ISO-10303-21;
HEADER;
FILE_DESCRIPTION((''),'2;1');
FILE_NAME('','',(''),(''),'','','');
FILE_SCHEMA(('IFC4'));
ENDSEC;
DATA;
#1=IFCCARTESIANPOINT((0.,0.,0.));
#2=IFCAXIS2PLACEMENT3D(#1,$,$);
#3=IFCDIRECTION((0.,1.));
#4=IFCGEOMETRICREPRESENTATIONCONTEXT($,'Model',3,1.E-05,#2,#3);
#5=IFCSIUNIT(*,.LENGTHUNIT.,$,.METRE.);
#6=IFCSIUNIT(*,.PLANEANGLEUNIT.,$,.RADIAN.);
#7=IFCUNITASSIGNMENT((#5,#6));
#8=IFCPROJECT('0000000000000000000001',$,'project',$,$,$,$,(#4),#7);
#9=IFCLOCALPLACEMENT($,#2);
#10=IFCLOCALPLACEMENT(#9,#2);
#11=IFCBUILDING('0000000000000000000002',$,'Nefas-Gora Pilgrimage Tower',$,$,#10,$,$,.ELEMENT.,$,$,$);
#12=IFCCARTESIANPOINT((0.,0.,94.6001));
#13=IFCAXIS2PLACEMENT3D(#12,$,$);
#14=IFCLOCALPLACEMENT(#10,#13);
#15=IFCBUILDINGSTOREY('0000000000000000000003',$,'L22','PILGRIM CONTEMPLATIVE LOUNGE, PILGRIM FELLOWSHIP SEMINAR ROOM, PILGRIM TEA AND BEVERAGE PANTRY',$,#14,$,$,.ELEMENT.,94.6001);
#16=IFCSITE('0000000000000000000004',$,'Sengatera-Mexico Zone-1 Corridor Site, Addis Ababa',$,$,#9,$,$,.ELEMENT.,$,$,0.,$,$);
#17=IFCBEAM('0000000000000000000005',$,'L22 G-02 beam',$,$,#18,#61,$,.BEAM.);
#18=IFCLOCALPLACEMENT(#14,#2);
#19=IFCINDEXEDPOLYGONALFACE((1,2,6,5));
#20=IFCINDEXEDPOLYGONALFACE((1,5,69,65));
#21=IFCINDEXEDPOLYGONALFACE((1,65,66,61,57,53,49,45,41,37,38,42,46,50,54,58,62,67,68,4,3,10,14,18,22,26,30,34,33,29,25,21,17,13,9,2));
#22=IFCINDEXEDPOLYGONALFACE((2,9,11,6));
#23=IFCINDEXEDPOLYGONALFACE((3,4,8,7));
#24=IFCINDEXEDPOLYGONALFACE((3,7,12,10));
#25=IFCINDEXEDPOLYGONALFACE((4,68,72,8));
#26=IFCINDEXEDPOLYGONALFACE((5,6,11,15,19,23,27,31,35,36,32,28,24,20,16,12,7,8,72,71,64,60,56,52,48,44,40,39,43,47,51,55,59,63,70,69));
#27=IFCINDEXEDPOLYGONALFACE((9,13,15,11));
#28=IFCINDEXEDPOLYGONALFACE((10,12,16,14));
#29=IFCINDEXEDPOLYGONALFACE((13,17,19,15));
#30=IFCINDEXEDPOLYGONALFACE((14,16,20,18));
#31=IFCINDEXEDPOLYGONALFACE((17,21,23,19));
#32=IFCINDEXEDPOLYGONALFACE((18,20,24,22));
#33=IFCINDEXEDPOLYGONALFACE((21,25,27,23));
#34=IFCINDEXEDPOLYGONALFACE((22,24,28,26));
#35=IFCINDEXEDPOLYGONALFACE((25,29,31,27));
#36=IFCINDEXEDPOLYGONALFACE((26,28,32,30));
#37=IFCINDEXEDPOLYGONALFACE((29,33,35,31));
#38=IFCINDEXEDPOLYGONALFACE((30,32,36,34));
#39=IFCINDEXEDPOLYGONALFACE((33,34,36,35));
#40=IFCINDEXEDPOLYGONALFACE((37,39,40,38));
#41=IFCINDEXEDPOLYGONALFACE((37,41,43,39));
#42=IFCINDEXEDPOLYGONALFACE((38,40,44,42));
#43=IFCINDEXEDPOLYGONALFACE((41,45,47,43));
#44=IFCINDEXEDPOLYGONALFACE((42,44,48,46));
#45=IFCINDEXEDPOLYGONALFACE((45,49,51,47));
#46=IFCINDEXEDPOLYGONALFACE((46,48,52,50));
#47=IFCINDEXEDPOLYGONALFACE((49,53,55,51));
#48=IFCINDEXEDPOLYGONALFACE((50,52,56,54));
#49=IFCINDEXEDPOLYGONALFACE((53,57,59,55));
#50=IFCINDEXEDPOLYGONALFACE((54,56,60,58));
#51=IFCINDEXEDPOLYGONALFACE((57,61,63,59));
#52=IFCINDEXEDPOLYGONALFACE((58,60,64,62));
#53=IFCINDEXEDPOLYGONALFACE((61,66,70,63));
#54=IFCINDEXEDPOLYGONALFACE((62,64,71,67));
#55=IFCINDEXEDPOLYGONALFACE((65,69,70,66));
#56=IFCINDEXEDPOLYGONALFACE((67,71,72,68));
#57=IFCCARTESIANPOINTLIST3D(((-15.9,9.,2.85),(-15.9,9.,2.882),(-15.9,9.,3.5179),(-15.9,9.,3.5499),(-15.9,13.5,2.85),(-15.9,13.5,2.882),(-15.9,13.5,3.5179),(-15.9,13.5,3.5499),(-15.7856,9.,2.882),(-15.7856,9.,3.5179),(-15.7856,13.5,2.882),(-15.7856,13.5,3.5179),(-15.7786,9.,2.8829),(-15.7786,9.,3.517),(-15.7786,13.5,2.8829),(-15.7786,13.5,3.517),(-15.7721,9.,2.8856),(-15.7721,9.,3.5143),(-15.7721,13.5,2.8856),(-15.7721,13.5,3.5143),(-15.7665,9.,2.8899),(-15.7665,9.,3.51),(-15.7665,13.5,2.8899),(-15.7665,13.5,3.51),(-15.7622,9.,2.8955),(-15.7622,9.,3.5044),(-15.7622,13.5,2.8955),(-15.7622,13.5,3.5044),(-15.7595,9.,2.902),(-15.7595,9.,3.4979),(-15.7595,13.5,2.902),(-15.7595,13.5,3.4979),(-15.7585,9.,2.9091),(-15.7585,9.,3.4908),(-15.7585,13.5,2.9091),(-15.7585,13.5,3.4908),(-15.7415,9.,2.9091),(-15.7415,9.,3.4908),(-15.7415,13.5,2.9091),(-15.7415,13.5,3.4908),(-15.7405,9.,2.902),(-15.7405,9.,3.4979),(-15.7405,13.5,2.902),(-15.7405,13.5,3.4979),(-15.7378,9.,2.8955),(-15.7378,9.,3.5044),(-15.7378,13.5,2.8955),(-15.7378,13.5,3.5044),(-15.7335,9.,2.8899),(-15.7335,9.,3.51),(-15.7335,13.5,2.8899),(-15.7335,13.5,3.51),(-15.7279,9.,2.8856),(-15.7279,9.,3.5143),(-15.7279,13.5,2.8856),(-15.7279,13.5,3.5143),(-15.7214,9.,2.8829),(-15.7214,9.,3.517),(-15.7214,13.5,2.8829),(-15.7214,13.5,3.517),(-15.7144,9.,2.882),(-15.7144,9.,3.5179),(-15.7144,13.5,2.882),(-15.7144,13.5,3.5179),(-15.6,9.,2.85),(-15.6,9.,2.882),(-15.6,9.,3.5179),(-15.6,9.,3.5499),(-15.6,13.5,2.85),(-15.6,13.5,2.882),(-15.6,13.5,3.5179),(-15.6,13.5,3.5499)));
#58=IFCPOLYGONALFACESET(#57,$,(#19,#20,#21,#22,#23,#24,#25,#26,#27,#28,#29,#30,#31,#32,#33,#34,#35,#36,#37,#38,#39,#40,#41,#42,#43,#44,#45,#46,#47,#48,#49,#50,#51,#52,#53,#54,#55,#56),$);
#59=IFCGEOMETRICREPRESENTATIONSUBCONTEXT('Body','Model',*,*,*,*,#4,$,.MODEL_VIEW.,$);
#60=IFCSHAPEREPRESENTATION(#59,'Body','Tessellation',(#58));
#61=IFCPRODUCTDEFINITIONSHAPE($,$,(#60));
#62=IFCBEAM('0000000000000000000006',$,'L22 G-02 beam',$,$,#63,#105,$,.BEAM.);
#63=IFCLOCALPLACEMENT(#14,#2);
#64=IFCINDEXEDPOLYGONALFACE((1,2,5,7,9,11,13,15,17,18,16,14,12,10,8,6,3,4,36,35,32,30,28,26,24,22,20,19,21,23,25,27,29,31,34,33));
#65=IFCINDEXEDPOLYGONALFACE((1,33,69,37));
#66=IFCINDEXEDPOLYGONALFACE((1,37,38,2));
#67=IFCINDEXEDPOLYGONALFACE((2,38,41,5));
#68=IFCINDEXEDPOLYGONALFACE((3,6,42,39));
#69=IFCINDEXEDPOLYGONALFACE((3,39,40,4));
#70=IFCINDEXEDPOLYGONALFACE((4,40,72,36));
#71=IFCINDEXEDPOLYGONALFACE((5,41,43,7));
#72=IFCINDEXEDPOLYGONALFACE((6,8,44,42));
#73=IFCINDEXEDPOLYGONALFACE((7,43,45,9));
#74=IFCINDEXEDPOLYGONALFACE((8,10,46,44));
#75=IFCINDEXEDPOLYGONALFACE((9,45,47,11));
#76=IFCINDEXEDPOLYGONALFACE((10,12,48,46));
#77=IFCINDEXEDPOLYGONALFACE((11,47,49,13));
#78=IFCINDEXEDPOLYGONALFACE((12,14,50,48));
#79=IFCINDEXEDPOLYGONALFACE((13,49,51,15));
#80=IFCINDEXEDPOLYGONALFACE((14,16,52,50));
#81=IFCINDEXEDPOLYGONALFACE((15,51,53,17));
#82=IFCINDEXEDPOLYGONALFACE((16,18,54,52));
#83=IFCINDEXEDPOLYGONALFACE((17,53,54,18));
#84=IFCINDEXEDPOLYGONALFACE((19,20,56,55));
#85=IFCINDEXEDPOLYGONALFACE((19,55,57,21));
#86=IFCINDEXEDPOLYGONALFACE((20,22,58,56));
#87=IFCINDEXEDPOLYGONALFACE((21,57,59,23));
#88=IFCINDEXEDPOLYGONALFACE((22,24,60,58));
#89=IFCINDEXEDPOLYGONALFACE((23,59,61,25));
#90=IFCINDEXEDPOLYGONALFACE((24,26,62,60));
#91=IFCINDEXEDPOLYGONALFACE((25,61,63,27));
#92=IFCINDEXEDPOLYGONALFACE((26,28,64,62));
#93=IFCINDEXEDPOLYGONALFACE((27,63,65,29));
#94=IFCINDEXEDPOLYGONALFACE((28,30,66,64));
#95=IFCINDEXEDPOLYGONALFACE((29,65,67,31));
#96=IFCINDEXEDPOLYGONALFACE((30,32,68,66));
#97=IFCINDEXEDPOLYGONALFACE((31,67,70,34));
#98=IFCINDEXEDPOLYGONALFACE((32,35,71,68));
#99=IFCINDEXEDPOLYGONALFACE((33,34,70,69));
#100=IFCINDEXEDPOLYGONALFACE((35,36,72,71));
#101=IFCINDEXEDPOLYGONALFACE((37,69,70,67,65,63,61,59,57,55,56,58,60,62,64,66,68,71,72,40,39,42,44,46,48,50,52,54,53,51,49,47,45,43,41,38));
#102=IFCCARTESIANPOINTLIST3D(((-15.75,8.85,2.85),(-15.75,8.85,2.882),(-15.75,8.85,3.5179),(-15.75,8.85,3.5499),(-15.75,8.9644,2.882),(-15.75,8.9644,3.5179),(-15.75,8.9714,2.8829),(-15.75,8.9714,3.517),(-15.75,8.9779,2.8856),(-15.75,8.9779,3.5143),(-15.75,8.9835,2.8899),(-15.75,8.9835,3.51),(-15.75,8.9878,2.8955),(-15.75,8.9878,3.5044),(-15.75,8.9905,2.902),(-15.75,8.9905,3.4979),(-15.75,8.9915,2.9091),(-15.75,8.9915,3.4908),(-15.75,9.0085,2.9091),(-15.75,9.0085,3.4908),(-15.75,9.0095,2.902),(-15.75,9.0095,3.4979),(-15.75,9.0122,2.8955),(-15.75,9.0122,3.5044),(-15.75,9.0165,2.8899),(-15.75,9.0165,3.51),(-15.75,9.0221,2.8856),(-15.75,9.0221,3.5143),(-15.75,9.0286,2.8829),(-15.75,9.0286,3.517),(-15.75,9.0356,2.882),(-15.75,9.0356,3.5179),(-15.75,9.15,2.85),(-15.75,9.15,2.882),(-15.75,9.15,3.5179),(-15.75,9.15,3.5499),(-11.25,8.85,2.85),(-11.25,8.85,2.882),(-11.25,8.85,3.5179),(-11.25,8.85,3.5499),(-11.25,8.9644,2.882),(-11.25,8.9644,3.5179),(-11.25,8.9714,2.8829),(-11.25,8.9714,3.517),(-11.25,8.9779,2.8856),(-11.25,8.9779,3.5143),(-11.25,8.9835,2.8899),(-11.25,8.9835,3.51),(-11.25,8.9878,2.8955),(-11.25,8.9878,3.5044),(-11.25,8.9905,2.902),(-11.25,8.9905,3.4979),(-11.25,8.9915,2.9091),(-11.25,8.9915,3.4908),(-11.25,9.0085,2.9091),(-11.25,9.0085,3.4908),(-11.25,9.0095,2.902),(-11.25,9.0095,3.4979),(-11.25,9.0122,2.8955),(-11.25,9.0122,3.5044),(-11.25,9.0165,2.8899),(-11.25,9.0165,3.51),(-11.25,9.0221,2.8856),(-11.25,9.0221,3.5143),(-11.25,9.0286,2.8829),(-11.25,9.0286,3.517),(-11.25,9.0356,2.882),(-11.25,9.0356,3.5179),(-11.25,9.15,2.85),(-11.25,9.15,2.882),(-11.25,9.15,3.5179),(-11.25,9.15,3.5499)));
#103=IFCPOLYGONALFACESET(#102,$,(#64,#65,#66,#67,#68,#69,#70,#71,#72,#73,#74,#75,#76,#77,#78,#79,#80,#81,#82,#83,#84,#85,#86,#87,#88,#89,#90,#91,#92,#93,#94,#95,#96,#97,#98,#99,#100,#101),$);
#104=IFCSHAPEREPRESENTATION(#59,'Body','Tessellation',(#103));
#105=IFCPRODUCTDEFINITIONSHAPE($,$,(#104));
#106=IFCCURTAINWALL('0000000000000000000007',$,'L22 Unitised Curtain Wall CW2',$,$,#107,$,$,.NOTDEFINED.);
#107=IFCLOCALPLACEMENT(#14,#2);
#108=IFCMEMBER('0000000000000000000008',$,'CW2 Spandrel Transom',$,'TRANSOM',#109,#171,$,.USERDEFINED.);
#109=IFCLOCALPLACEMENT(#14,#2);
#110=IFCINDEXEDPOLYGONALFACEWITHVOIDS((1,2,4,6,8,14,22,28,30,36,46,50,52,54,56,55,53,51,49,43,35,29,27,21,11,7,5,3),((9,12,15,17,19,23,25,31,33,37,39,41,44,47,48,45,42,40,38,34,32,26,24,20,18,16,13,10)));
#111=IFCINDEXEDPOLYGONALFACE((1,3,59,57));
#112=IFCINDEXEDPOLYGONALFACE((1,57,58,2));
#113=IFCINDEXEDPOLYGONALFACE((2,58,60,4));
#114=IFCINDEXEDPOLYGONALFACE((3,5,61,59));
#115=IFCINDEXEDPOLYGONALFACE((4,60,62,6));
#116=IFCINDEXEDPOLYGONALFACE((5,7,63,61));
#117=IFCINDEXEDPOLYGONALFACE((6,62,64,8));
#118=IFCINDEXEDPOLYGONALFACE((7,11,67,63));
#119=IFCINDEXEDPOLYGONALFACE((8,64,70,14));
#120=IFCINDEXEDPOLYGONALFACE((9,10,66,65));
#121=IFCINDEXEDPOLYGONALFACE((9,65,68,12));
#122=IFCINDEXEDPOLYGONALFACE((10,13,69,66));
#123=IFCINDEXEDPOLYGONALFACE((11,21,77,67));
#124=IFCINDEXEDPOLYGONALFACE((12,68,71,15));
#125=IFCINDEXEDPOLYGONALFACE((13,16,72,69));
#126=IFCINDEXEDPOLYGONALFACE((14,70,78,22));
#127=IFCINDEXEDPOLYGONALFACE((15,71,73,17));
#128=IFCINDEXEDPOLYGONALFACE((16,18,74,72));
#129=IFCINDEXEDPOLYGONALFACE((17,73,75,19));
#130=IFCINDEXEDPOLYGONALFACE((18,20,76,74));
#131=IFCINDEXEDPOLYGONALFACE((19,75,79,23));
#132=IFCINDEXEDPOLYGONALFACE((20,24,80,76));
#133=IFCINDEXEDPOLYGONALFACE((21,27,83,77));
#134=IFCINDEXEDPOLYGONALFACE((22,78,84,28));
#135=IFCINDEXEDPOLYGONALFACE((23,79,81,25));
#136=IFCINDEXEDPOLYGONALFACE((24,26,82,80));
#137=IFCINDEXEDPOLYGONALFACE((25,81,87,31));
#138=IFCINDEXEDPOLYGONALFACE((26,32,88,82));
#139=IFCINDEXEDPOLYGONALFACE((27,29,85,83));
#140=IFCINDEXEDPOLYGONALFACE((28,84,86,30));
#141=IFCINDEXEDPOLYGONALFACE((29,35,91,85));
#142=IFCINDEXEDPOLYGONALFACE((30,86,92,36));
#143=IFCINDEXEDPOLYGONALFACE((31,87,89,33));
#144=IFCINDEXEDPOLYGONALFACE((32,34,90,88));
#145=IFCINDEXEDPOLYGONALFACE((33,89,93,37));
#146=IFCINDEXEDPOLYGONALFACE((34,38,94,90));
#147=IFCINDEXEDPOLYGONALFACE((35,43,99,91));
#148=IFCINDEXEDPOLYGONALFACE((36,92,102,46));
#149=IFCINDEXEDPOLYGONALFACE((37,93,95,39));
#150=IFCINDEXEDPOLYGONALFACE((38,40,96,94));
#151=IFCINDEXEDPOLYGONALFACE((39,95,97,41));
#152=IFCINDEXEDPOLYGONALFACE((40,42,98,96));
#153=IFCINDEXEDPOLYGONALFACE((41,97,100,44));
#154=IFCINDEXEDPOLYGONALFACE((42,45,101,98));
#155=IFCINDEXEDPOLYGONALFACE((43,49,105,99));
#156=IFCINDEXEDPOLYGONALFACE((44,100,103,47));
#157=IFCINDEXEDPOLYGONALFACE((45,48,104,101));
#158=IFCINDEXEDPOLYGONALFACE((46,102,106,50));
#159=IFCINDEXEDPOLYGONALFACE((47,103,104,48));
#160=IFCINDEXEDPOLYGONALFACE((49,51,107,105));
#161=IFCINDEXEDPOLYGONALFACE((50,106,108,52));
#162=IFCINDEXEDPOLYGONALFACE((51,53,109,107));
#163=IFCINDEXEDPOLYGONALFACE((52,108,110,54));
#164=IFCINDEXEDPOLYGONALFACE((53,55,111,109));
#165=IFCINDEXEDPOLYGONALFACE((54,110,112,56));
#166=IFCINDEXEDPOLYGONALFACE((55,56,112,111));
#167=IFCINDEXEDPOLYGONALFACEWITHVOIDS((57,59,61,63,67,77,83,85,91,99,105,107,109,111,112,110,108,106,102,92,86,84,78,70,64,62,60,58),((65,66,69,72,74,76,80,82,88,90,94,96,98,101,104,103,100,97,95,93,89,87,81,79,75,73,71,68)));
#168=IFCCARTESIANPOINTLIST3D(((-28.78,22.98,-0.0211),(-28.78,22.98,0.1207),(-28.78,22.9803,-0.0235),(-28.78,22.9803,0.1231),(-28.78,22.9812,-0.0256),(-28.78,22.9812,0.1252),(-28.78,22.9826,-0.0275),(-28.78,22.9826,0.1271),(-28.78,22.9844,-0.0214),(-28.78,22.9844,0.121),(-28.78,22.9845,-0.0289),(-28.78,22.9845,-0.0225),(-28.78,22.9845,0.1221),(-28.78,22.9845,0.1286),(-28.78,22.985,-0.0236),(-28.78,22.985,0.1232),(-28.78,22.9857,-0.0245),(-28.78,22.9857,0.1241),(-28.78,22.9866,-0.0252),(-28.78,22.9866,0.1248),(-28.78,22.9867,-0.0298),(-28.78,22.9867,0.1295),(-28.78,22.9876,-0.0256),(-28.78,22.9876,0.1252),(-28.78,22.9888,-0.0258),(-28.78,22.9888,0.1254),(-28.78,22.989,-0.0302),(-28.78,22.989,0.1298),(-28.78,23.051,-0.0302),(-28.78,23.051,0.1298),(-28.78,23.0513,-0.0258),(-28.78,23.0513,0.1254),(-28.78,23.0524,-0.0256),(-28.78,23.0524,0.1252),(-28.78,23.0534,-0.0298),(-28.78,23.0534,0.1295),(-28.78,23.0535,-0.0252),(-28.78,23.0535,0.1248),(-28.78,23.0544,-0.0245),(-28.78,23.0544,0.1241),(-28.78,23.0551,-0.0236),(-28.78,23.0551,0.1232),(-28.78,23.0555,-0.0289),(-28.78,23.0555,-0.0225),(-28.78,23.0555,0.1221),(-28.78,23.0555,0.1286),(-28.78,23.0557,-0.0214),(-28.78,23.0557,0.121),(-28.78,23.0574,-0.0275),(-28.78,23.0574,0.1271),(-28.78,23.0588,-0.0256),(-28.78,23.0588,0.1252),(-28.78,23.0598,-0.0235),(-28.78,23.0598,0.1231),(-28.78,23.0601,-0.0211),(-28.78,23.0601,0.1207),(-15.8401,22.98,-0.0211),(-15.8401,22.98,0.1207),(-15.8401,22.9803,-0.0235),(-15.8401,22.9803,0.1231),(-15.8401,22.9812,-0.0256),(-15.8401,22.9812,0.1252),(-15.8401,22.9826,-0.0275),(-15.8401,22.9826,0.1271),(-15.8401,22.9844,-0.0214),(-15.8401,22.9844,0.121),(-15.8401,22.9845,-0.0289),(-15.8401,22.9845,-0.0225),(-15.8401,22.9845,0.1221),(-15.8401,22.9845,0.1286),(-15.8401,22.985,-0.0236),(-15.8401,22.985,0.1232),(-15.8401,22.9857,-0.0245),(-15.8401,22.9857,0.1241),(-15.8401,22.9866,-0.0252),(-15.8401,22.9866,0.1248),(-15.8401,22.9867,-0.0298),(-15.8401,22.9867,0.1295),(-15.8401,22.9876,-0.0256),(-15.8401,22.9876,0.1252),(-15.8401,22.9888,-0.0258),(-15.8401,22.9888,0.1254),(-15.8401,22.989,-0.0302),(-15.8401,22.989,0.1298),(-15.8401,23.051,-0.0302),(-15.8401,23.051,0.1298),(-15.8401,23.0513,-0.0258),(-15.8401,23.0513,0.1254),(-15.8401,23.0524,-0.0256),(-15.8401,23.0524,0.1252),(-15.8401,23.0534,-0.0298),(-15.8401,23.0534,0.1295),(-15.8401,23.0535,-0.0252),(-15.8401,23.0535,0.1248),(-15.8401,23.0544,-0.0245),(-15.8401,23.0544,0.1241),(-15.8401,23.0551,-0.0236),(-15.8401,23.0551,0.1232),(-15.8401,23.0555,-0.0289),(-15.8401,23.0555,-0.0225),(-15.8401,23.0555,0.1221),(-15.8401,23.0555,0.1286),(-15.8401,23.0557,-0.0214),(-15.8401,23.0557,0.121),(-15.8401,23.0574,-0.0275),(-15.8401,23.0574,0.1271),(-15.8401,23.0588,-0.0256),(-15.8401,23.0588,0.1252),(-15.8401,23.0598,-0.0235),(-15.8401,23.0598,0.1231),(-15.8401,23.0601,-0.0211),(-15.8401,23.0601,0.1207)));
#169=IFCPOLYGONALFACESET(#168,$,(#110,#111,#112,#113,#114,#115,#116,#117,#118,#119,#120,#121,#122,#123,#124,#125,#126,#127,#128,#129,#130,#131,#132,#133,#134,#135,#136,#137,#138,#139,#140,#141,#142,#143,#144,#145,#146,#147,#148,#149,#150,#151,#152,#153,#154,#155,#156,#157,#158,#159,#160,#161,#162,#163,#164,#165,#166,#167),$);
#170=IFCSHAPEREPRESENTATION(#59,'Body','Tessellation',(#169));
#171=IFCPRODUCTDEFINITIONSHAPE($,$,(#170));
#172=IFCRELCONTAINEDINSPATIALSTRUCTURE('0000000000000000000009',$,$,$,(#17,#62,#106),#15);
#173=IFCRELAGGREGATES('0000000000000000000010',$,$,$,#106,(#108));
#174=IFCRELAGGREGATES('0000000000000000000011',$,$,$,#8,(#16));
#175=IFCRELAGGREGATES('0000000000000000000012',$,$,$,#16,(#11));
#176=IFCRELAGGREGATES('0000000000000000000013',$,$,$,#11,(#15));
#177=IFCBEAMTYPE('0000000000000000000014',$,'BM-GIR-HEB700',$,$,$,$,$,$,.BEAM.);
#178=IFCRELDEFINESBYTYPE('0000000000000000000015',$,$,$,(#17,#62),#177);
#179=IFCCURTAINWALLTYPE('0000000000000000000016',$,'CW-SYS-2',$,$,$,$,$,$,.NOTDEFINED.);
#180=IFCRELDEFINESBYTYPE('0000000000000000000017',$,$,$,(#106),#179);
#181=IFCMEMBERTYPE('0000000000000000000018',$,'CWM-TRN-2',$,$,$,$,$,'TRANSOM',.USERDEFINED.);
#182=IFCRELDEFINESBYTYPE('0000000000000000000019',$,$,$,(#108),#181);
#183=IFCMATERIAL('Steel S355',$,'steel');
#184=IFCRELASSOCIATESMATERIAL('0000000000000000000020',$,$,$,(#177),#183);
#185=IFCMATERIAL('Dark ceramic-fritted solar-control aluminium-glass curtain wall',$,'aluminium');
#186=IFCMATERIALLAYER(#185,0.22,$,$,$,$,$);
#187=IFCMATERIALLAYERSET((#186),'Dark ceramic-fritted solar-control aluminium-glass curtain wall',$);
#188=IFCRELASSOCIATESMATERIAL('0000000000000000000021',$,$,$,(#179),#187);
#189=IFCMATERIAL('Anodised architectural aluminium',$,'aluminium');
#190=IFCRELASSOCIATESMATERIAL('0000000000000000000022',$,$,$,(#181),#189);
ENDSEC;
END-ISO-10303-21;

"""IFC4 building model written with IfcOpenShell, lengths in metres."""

from ifc_helpers import new_model, si_unit, direction, frame, origin, origin_2d, place, context, subcontext, project, spatial, hollow_rectangle, i_section, extrude, source, transform, mapped, material, layer, layer_set, material_profile, profile_set, type_object, element, aggregate, save


model = new_model("IFC4")

# Units and contexts
model_context = context("Model", 3, precision=1e-05, world=origin(), true_north=direction((0.0, 1.0)))
body_context = subcontext(model_context, "Body", "Model", "MODEL_VIEW")
ifc_project = project(units=[si_unit("LENGTHUNIT", "METRE"), si_unit("PLANEANGLEUNIT", "RADIAN")], contexts=[model_context])

# Site, building, storey
site_placement = place(None, origin())
site = spatial("IfcSite", under=ifc_project, at=site_placement, Name="Sengatera-Mexico Zone-1 Corridor Site, Addis Ababa", CompositionType="ELEMENT", RefElevation=0.0)
building_placement = place(site_placement, origin())
building = spatial("IfcBuilding", under=site, at=building_placement, Name="Nefas-Gora Pilgrimage Tower", CompositionType="ELEMENT")
storey_placement = place(building_placement, frame((0.0, 0.0, 94.6001)))
storey = spatial("IfcBuildingStorey", under=building, at=storey_placement, Name="L22", Description="PILGRIM CONTEMPLATIVE LOUNGE, PILGRIM FELLOWSHIP SEMINAR ROOM, PILGRIM TEA AND BEVERAGE PANTRY", CompositionType="ELEMENT", Elevation=94.6001)

# Beams
ifc_material_1 = material(Name="Steel S355", Category="steel")
ifc_material_profile_1 = material_profile(ifc_material_1, i_section(OverallWidth=0.3, OverallDepth=0.7, WebThickness=0.0171, FlangeThickness=0.032, FilletRadius=0.0271, at=origin_2d()), Name="HEB 700")
ifc_profile_set_1 = profile_set([ifc_material_profile_1], Name="Steel S355")
beam_type_1 = type_object("IfcBeamType", Name="BM-GIR-HEB700", PredefinedType="BEAM", material=ifc_profile_set_1)
shared_shape_1 = source(origin(), body_context, "Body", "SweptSolid", [
    extrude(i_section(OverallWidth=0.3, OverallDepth=0.7, WebThickness=0.0171, FlangeThickness=0.032, FilletRadius=0.0271, at=origin_2d()), origin(), (0.0, 0.0, 1.0), 4.5),
])
for number, where, z_axis, x_axis, name in (
    (1, (-15.75, 9.0, 3.2), (0.0, 1.0, 0.0), (-1.0, 0.0, 0.0), "L22 G-02 beam"),
    (2, (-15.75, 9.0, 3.2), (1.0, 0.0, 0.0), (0.0, 1.0, 0.0), "L22 G-02 beam"),
):
    element("IfcBeam", number, at=place(storey_placement, frame(where, z_axis=z_axis, x_axis=x_axis)), inside=storey, type_object=beam_type_1, Name=name, PredefinedType="BEAM", context=body_context, shape_type="MappedRepresentation", body=[
        mapped(shared_shape_1, transform((0.0, 0.0, 0.0), x_axis=(1.0, 0.0, 0.0), y_axis=(0.0, 1.0, 0.0), z_axis=(0.0, 0.0, 1.0), scale=1.0)),
    ])

# Curtain wall, member
ifc_material_2 = material(Name="Dark ceramic-fritted solar-control aluminium-glass curtain wall", Category="aluminium")
ifc_layer_1 = layer(ifc_material_2, 0.22)
ifc_layer_set_1 = layer_set([ifc_layer_1], Name="Dark ceramic-fritted solar-control aluminium-glass curtain wall")
curtain_wall_type_1 = type_object("IfcCurtainWallType", Name="CW-SYS-2", PredefinedType="NOTDEFINED", material=ifc_layer_set_1)
curtain_wall_1_placement = place(storey_placement, origin())
curtain_wall_1 = element("IfcCurtainWall", 3, at=curtain_wall_1_placement, inside=storey, type_object=curtain_wall_type_1, Name="L22 Unitised Curtain Wall CW2", PredefinedType="NOTDEFINED")
ifc_material_3 = material(Name="Anodised architectural aluminium", Category="aluminium")
ifc_material_profile_2 = material_profile(ifc_material_3, hollow_rectangle(XDim=0.0801, YDim=0.1599, WallThickness=0.0044, InnerFilletRadius=0.0044, OuterFilletRadius=0.009, at=origin_2d()), Name="ALU TRANSOM 80x160")
ifc_profile_set_2 = profile_set([ifc_material_profile_2], Name="Anodised architectural aluminium")
member_type_1 = type_object("IfcMemberType", Name="CWM-TRN-2", ElementType="TRANSOM", PredefinedType="USERDEFINED", material=ifc_profile_set_2)
shared_shape_2 = source(origin(), body_context, "Body", "SweptSolid", [
    extrude(hollow_rectangle(XDim=0.0801, YDim=0.1599, WallThickness=0.0044, InnerFilletRadius=0.0044, OuterFilletRadius=0.009, at=origin_2d()), origin(), (0.0, 0.0, 1.0), 12.9399),
])
member_1_placement = place(storey_placement, frame((-15.8401, 23.02, 0.0498), z_axis=(-1.0, 0.0, 0.0), x_axis=(0.0, -1.0, 0.0)))
member_1 = element("IfcMember", 4, at=member_1_placement, type_object=member_type_1, Name="CW2 Spandrel Transom", ObjectType="TRANSOM", PredefinedType="USERDEFINED", context=body_context, shape_type="MappedRepresentation", body=[
    mapped(shared_shape_2, transform((0.0, 0.0, 0.0), x_axis=(1.0, 0.0, 0.0), y_axis=(0.0, 1.0, 0.0), z_axis=(0.0, 0.0, 1.0), scale=1.0)),
])

aggregate(curtain_wall_1, [member_1])

save(model, "model.ifc")
